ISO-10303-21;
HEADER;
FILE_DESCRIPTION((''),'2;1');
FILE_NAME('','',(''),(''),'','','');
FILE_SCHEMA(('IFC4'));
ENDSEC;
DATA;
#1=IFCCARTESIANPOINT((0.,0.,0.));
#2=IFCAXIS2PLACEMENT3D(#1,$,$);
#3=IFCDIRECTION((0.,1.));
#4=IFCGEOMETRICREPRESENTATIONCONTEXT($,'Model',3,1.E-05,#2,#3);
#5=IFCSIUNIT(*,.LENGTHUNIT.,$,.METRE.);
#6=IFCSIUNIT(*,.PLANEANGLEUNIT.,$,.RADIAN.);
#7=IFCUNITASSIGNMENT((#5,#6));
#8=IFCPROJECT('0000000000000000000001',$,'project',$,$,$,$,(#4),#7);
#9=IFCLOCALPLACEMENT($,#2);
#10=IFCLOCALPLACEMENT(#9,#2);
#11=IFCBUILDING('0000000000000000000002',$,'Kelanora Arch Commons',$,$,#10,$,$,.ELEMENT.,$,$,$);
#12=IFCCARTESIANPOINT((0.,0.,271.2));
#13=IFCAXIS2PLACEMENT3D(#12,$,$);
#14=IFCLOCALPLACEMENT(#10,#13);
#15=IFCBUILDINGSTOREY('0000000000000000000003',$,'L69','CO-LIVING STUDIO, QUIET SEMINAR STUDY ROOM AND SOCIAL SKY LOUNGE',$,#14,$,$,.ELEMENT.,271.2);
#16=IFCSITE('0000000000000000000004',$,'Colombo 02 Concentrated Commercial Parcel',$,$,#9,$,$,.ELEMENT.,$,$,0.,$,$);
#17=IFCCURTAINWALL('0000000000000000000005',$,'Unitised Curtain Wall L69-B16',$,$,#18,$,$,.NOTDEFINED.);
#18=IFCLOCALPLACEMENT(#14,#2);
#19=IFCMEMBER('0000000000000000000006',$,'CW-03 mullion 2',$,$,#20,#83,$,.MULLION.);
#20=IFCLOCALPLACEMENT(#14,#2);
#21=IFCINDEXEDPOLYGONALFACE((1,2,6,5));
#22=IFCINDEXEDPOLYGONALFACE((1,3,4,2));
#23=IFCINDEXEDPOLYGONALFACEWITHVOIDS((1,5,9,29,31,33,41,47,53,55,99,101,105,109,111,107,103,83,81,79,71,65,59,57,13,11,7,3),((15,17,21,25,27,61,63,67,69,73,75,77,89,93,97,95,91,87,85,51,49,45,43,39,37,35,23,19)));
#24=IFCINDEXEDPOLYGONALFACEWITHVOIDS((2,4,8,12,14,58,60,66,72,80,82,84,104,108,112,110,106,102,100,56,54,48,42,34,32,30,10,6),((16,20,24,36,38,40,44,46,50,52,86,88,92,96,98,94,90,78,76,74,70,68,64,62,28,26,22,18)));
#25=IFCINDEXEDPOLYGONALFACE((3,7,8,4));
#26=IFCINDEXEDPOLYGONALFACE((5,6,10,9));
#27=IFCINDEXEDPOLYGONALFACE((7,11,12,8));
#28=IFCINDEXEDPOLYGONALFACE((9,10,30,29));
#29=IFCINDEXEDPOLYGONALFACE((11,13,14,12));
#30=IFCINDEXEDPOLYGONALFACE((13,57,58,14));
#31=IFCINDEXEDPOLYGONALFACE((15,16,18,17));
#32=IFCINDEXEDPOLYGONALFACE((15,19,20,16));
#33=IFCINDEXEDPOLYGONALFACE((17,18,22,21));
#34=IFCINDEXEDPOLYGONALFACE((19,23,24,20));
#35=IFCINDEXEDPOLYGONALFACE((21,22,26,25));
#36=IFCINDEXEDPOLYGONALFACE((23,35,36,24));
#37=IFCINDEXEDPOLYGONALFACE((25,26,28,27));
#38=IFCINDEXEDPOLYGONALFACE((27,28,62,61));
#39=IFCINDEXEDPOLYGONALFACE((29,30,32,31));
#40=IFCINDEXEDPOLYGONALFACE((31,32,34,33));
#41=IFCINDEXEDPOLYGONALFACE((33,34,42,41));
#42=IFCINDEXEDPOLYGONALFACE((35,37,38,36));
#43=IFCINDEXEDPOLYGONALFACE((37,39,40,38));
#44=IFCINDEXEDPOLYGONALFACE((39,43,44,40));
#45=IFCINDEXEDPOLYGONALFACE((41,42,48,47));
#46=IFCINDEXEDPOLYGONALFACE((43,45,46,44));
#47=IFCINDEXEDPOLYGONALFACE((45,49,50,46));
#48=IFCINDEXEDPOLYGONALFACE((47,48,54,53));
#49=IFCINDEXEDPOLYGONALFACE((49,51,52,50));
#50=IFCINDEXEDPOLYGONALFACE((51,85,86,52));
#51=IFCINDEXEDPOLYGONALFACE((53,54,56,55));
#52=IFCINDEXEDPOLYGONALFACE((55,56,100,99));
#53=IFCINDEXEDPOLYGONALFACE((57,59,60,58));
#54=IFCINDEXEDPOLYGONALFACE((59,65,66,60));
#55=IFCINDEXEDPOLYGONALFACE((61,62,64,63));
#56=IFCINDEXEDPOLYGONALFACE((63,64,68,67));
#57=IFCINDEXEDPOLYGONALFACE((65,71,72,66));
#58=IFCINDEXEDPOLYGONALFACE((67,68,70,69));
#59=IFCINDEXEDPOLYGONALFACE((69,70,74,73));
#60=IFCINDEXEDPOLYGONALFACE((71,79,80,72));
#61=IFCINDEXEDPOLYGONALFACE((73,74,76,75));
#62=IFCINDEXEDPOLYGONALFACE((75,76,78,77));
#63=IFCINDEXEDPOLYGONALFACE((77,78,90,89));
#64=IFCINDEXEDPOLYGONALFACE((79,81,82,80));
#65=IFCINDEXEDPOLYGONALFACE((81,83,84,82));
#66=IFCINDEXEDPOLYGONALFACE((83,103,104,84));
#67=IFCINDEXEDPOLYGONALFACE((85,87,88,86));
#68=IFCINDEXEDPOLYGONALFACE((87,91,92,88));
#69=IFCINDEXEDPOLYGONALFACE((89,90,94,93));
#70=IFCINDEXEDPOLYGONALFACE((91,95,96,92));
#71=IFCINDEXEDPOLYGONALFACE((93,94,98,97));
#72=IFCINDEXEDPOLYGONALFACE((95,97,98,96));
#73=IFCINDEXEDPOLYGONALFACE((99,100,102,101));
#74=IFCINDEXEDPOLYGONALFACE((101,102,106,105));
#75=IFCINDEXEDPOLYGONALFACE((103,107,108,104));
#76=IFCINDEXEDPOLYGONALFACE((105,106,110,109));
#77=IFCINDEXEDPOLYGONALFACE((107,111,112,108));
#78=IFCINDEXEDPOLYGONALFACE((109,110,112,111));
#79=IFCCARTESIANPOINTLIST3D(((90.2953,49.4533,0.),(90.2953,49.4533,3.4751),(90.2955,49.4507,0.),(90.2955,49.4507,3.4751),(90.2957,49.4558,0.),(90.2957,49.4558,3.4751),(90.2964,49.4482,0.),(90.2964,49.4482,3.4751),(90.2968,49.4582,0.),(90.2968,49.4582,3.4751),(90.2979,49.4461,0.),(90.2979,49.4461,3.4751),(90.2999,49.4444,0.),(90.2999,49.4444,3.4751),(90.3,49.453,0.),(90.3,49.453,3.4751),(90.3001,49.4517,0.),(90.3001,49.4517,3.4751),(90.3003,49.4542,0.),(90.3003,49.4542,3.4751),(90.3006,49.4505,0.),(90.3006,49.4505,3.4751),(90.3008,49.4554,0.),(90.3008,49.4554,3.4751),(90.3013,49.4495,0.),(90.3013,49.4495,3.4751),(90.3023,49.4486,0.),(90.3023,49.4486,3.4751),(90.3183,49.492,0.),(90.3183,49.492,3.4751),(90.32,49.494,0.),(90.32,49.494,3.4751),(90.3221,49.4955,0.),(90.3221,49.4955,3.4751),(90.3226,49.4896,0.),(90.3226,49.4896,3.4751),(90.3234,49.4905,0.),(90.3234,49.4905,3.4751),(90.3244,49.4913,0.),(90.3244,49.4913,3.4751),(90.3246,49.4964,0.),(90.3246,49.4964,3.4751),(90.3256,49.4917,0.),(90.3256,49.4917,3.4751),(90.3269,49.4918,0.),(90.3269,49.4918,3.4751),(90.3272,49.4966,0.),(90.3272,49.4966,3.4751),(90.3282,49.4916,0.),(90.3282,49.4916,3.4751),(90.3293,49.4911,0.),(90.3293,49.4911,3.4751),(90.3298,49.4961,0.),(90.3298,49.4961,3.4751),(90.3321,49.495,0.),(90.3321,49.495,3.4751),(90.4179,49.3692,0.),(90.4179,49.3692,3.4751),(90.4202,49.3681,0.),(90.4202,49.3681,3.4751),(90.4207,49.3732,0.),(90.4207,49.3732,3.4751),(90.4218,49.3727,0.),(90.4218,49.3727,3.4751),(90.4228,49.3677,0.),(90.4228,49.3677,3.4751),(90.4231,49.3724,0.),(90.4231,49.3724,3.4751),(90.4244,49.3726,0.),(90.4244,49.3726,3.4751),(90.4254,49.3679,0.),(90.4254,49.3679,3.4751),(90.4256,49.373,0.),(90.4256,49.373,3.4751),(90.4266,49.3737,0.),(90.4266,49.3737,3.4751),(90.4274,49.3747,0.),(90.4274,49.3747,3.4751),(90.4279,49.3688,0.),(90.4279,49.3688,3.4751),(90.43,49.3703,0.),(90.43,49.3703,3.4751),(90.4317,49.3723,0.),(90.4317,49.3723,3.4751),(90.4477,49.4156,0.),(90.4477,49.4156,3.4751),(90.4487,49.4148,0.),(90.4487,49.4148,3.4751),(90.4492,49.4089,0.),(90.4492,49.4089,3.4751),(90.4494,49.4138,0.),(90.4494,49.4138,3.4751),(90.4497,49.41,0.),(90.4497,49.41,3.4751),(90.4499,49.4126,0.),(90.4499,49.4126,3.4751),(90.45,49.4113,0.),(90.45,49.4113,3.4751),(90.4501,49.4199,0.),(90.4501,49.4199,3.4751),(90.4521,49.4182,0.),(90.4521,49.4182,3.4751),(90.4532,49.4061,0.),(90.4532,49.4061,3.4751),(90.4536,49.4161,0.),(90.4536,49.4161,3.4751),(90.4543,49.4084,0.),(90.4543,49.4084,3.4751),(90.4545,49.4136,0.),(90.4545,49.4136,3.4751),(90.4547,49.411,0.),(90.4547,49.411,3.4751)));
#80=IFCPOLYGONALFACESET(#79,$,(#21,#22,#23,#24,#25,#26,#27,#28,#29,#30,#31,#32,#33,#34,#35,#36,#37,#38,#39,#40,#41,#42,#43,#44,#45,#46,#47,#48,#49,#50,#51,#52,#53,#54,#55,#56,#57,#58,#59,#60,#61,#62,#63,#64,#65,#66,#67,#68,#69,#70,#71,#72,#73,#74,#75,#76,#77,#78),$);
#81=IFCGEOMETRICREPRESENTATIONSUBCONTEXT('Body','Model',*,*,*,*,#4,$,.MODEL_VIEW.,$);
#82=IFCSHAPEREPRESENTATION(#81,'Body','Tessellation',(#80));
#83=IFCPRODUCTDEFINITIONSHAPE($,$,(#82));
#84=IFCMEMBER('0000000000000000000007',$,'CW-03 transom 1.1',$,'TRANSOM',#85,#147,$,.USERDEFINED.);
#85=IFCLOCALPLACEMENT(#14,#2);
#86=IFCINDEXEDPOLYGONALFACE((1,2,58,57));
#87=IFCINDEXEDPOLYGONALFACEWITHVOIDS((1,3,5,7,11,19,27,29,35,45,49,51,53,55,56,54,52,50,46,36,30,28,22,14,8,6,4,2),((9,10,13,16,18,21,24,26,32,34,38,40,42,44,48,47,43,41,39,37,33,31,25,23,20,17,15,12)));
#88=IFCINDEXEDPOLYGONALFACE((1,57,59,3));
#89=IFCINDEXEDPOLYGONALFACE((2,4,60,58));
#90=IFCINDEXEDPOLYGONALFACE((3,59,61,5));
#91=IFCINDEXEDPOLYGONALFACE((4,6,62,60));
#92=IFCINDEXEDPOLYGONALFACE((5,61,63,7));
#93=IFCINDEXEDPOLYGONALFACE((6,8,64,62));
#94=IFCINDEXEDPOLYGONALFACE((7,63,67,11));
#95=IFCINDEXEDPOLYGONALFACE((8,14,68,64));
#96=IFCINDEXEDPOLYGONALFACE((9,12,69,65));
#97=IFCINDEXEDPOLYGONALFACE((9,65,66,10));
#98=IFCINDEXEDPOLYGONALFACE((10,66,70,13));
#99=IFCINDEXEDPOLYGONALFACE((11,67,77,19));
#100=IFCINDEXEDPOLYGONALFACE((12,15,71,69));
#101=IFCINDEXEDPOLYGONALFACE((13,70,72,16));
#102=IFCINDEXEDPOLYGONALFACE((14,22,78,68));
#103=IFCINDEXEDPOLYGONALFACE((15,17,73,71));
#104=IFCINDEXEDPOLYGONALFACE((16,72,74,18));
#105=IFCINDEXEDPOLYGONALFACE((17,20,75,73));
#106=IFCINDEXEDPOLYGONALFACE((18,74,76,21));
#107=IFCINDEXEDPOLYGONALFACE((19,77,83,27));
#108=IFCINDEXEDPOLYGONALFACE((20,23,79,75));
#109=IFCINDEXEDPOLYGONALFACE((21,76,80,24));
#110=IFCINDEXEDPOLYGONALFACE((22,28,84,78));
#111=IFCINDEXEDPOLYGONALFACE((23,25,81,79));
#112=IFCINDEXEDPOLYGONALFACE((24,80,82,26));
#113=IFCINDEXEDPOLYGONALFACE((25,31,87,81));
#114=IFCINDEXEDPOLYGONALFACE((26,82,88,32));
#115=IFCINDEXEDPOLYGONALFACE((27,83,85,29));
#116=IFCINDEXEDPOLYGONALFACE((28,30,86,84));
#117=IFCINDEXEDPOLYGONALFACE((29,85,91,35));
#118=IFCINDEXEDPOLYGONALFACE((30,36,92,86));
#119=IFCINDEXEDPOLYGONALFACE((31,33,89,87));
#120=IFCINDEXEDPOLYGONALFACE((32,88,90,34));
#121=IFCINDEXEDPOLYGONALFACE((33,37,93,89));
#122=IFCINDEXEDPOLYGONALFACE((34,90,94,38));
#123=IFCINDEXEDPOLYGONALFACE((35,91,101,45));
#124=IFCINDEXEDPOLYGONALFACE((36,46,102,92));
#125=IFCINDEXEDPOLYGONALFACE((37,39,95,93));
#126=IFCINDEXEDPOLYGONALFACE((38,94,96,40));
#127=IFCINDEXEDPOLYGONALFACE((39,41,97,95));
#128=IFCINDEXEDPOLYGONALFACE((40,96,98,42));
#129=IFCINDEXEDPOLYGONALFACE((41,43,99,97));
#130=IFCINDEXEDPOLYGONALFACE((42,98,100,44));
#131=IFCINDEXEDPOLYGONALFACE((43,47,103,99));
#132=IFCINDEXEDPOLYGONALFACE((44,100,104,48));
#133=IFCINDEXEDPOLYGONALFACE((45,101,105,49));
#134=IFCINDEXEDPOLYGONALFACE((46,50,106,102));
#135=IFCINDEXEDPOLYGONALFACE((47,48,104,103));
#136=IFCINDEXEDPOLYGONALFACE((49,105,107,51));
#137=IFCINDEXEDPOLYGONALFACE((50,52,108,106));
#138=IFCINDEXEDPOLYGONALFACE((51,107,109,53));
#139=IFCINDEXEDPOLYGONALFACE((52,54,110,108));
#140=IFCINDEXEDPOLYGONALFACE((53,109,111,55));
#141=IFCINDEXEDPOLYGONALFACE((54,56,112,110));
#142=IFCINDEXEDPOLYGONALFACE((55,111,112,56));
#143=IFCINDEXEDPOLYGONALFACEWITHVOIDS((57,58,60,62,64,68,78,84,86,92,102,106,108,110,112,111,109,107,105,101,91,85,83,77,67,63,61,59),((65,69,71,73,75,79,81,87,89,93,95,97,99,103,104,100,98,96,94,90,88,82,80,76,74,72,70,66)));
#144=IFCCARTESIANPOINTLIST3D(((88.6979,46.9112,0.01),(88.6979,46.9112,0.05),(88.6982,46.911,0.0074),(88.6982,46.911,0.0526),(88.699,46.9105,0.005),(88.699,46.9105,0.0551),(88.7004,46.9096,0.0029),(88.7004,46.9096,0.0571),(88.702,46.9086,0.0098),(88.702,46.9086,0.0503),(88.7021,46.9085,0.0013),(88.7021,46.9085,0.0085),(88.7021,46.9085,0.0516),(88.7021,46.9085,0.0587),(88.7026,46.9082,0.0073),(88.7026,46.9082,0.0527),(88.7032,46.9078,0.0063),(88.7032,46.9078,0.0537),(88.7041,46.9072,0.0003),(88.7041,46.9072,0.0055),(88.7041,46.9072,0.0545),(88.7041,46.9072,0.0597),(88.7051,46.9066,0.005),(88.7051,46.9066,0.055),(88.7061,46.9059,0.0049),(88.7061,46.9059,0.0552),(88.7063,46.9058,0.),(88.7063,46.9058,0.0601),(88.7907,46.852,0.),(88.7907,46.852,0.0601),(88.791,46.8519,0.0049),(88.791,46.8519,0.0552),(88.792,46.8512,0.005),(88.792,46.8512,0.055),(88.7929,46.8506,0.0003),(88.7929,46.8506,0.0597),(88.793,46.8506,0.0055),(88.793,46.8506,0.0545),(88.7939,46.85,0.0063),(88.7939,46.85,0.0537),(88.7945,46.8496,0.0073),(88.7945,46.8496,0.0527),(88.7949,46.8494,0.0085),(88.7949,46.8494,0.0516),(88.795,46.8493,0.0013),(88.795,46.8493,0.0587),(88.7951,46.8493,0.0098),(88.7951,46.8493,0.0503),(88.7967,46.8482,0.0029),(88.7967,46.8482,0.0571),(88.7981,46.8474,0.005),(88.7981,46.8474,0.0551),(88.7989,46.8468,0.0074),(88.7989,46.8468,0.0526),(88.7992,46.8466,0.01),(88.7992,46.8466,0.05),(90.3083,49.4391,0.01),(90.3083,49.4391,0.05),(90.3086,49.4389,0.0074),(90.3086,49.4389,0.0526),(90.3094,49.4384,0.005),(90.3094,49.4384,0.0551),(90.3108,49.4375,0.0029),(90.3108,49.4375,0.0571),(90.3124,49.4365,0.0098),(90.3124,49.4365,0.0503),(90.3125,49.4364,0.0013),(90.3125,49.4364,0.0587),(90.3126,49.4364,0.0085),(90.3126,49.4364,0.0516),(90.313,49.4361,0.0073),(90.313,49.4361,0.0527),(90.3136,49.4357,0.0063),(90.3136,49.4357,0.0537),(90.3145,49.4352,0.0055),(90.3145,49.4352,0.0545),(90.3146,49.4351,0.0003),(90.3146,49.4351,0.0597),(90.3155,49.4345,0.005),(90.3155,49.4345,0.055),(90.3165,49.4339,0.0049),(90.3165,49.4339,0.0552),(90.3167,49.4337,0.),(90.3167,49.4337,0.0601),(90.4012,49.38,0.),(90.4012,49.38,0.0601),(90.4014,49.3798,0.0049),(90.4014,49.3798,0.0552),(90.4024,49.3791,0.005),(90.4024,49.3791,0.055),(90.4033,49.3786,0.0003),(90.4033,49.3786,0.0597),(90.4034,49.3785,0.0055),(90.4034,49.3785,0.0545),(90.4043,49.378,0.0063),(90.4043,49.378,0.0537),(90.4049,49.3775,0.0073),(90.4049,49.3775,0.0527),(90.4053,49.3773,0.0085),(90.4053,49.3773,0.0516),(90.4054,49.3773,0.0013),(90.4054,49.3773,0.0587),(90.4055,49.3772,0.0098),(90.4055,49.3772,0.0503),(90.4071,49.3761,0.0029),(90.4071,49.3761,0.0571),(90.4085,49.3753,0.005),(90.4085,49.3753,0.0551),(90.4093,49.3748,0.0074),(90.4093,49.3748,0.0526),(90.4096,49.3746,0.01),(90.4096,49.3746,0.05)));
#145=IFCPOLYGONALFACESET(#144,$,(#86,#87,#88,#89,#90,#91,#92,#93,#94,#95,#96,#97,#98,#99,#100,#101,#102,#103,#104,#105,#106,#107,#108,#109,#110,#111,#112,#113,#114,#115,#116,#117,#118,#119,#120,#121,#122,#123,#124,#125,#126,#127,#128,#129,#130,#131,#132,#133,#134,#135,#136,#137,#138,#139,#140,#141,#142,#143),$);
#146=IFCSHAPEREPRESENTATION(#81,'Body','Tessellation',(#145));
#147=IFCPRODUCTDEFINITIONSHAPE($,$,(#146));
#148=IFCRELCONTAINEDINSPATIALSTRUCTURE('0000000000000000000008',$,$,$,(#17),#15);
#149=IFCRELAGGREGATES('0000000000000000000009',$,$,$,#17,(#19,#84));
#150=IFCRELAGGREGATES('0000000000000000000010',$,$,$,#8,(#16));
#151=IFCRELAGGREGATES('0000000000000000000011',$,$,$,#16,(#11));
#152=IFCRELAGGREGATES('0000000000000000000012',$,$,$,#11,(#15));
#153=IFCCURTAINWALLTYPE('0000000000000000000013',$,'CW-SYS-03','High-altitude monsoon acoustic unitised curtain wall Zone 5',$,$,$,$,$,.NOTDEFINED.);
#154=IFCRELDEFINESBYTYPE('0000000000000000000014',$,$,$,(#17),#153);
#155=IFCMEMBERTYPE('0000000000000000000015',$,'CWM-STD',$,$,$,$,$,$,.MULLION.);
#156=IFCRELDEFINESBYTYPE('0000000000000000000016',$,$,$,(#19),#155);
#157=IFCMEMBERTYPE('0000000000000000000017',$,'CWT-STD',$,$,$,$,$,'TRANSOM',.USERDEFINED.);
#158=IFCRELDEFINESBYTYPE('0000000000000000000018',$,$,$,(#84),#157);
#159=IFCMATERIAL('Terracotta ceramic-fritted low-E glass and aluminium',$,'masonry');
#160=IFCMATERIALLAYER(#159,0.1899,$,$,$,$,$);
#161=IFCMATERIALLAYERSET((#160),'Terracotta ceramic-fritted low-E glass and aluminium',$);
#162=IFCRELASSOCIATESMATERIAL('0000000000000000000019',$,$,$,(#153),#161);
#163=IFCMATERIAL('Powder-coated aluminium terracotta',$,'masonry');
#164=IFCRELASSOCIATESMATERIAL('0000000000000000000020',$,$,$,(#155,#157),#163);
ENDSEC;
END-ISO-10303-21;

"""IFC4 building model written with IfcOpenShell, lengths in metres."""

from ifc_helpers import new_model, si_unit, direction, frame, origin, origin_2d, place, context, subcontext, project, spatial, hollow_rectangle, extrude, material, layer, layer_set, material_profile, profile_set, type_object, element, aggregate, save


model = new_model("IFC4")

# Units and contexts
model_context = context("Model", 3, precision=1e-05, world=origin(), true_north=direction((0.0, 1.0)))
body_context = subcontext(model_context, "Body", "Model", "MODEL_VIEW")
ifc_project = project(units=[si_unit("LENGTHUNIT", "METRE"), si_unit("PLANEANGLEUNIT", "RADIAN")], contexts=[model_context])

# Site, building, storey
site_placement = place(None, origin())
site = spatial("IfcSite", under=ifc_project, at=site_placement, Name="Colombo 02 Concentrated Commercial Parcel", CompositionType="ELEMENT", RefElevation=0.0)
building_placement = place(site_placement, origin())
building = spatial("IfcBuilding", under=site, at=building_placement, Name="Kelanora Arch Commons", CompositionType="ELEMENT")
storey_placement = place(building_placement, frame((0.0, 0.0, 271.2)))
storey = spatial("IfcBuildingStorey", under=building, at=storey_placement, Name="L69", Description="CO-LIVING STUDIO, QUIET SEMINAR STUDY ROOM AND SOCIAL SKY LOUNGE", CompositionType="ELEMENT", Elevation=271.2)

# Shared definitions
ifc_material_1 = material(Name="Terracotta ceramic-fritted low-E glass and aluminium", Category="masonry")
ifc_layer_1 = layer(ifc_material_1, 0.1899)
ifc_layer_set_1 = layer_set([ifc_layer_1], Name="Terracotta ceramic-fritted low-E glass and aluminium")
curtain_wall_type = type_object("IfcCurtainWallType", Name="CW-SYS-03", Description="High-altitude monsoon acoustic unitised curtain wall Zone 5", PredefinedType="NOTDEFINED", material=ifc_layer_set_1)
ifc_material_2 = material(Name="Powder-coated aluminium terracotta", Category="masonry")
ifc_material_profile_1 = material_profile(ifc_material_2, hollow_rectangle(XDim=0.1599, YDim=0.0601, WallThickness=0.0049, InnerFilletRadius=0.0049, OuterFilletRadius=0.01, at=origin_2d()), Name="CWM160x60")
ifc_profile_set_1 = profile_set([ifc_material_profile_1], Name="Powder-coated aluminium terracotta")
member_type_1 = type_object("IfcMemberType", Name="CWM-STD", PredefinedType="MULLION", material=ifc_profile_set_1)

# Curtain wall, members
curtain_wall_1_placement = place(storey_placement, origin())
curtain_wall_1 = element("IfcCurtainWall", 1, at=curtain_wall_1_placement, inside=storey, type_object=curtain_wall_type, Name="Unitised Curtain Wall L69-B16", PredefinedType="NOTDEFINED")
member_1_placement = place(storey_placement, frame((90.375, 49.4321, 0.0), z_axis=(0.0, 0.0, 1.0), x_axis=(-0.843391, 0.5373, 0.0)))
member_1 = element("IfcMember", 2, at=member_1_placement, type_object=member_type_1, Name="CW-03 mullion 2", PredefinedType="MULLION", context=body_context, shape_type="SweptSolid", body=[
    extrude(hollow_rectangle(XDim=0.1599, YDim=0.0601, WallThickness=0.0049, InnerFilletRadius=0.0049, OuterFilletRadius=0.01, at=origin_2d()), origin(), (0.0, 0.0, 1.0), 3.4751),
])
ifc_material_profile_2 = material_profile(ifc_material_2, hollow_rectangle(XDim=0.1201, YDim=0.0601, WallThickness=0.0049, InnerFilletRadius=0.0049, OuterFilletRadius=0.01, at=origin_2d()), Name="CWT120x60")
ifc_profile_set_2 = profile_set([ifc_material_profile_2], Name="Powder-coated aluminium terracotta")
member_type_2 = type_object("IfcMemberType", Name="CWT-STD", ElementType="TRANSOM", PredefinedType="USERDEFINED", material=ifc_profile_set_2)
member_2_placement = place(storey_placement, frame((88.7485, 46.8789, 0.03), z_axis=(0.537287, 0.8434, 0.0), x_axis=(-0.8434, 0.537287, 0.0)))
member_2 = element("IfcMember", 3, at=member_2_placement, type_object=member_type_2, Name="CW-03 transom 1.1", ObjectType="TRANSOM", PredefinedType="USERDEFINED", context=body_context, shape_type="SweptSolid", body=[
    extrude(hollow_rectangle(XDim=0.1201, YDim=0.0601, WallThickness=0.0049, InnerFilletRadius=0.0049, OuterFilletRadius=0.01, at=origin_2d()), origin(), (0.0, 0.0, 1.0), 2.9973),
])

aggregate(curtain_wall_1, [member_1, member_2])

save(model, "model.ifc")
